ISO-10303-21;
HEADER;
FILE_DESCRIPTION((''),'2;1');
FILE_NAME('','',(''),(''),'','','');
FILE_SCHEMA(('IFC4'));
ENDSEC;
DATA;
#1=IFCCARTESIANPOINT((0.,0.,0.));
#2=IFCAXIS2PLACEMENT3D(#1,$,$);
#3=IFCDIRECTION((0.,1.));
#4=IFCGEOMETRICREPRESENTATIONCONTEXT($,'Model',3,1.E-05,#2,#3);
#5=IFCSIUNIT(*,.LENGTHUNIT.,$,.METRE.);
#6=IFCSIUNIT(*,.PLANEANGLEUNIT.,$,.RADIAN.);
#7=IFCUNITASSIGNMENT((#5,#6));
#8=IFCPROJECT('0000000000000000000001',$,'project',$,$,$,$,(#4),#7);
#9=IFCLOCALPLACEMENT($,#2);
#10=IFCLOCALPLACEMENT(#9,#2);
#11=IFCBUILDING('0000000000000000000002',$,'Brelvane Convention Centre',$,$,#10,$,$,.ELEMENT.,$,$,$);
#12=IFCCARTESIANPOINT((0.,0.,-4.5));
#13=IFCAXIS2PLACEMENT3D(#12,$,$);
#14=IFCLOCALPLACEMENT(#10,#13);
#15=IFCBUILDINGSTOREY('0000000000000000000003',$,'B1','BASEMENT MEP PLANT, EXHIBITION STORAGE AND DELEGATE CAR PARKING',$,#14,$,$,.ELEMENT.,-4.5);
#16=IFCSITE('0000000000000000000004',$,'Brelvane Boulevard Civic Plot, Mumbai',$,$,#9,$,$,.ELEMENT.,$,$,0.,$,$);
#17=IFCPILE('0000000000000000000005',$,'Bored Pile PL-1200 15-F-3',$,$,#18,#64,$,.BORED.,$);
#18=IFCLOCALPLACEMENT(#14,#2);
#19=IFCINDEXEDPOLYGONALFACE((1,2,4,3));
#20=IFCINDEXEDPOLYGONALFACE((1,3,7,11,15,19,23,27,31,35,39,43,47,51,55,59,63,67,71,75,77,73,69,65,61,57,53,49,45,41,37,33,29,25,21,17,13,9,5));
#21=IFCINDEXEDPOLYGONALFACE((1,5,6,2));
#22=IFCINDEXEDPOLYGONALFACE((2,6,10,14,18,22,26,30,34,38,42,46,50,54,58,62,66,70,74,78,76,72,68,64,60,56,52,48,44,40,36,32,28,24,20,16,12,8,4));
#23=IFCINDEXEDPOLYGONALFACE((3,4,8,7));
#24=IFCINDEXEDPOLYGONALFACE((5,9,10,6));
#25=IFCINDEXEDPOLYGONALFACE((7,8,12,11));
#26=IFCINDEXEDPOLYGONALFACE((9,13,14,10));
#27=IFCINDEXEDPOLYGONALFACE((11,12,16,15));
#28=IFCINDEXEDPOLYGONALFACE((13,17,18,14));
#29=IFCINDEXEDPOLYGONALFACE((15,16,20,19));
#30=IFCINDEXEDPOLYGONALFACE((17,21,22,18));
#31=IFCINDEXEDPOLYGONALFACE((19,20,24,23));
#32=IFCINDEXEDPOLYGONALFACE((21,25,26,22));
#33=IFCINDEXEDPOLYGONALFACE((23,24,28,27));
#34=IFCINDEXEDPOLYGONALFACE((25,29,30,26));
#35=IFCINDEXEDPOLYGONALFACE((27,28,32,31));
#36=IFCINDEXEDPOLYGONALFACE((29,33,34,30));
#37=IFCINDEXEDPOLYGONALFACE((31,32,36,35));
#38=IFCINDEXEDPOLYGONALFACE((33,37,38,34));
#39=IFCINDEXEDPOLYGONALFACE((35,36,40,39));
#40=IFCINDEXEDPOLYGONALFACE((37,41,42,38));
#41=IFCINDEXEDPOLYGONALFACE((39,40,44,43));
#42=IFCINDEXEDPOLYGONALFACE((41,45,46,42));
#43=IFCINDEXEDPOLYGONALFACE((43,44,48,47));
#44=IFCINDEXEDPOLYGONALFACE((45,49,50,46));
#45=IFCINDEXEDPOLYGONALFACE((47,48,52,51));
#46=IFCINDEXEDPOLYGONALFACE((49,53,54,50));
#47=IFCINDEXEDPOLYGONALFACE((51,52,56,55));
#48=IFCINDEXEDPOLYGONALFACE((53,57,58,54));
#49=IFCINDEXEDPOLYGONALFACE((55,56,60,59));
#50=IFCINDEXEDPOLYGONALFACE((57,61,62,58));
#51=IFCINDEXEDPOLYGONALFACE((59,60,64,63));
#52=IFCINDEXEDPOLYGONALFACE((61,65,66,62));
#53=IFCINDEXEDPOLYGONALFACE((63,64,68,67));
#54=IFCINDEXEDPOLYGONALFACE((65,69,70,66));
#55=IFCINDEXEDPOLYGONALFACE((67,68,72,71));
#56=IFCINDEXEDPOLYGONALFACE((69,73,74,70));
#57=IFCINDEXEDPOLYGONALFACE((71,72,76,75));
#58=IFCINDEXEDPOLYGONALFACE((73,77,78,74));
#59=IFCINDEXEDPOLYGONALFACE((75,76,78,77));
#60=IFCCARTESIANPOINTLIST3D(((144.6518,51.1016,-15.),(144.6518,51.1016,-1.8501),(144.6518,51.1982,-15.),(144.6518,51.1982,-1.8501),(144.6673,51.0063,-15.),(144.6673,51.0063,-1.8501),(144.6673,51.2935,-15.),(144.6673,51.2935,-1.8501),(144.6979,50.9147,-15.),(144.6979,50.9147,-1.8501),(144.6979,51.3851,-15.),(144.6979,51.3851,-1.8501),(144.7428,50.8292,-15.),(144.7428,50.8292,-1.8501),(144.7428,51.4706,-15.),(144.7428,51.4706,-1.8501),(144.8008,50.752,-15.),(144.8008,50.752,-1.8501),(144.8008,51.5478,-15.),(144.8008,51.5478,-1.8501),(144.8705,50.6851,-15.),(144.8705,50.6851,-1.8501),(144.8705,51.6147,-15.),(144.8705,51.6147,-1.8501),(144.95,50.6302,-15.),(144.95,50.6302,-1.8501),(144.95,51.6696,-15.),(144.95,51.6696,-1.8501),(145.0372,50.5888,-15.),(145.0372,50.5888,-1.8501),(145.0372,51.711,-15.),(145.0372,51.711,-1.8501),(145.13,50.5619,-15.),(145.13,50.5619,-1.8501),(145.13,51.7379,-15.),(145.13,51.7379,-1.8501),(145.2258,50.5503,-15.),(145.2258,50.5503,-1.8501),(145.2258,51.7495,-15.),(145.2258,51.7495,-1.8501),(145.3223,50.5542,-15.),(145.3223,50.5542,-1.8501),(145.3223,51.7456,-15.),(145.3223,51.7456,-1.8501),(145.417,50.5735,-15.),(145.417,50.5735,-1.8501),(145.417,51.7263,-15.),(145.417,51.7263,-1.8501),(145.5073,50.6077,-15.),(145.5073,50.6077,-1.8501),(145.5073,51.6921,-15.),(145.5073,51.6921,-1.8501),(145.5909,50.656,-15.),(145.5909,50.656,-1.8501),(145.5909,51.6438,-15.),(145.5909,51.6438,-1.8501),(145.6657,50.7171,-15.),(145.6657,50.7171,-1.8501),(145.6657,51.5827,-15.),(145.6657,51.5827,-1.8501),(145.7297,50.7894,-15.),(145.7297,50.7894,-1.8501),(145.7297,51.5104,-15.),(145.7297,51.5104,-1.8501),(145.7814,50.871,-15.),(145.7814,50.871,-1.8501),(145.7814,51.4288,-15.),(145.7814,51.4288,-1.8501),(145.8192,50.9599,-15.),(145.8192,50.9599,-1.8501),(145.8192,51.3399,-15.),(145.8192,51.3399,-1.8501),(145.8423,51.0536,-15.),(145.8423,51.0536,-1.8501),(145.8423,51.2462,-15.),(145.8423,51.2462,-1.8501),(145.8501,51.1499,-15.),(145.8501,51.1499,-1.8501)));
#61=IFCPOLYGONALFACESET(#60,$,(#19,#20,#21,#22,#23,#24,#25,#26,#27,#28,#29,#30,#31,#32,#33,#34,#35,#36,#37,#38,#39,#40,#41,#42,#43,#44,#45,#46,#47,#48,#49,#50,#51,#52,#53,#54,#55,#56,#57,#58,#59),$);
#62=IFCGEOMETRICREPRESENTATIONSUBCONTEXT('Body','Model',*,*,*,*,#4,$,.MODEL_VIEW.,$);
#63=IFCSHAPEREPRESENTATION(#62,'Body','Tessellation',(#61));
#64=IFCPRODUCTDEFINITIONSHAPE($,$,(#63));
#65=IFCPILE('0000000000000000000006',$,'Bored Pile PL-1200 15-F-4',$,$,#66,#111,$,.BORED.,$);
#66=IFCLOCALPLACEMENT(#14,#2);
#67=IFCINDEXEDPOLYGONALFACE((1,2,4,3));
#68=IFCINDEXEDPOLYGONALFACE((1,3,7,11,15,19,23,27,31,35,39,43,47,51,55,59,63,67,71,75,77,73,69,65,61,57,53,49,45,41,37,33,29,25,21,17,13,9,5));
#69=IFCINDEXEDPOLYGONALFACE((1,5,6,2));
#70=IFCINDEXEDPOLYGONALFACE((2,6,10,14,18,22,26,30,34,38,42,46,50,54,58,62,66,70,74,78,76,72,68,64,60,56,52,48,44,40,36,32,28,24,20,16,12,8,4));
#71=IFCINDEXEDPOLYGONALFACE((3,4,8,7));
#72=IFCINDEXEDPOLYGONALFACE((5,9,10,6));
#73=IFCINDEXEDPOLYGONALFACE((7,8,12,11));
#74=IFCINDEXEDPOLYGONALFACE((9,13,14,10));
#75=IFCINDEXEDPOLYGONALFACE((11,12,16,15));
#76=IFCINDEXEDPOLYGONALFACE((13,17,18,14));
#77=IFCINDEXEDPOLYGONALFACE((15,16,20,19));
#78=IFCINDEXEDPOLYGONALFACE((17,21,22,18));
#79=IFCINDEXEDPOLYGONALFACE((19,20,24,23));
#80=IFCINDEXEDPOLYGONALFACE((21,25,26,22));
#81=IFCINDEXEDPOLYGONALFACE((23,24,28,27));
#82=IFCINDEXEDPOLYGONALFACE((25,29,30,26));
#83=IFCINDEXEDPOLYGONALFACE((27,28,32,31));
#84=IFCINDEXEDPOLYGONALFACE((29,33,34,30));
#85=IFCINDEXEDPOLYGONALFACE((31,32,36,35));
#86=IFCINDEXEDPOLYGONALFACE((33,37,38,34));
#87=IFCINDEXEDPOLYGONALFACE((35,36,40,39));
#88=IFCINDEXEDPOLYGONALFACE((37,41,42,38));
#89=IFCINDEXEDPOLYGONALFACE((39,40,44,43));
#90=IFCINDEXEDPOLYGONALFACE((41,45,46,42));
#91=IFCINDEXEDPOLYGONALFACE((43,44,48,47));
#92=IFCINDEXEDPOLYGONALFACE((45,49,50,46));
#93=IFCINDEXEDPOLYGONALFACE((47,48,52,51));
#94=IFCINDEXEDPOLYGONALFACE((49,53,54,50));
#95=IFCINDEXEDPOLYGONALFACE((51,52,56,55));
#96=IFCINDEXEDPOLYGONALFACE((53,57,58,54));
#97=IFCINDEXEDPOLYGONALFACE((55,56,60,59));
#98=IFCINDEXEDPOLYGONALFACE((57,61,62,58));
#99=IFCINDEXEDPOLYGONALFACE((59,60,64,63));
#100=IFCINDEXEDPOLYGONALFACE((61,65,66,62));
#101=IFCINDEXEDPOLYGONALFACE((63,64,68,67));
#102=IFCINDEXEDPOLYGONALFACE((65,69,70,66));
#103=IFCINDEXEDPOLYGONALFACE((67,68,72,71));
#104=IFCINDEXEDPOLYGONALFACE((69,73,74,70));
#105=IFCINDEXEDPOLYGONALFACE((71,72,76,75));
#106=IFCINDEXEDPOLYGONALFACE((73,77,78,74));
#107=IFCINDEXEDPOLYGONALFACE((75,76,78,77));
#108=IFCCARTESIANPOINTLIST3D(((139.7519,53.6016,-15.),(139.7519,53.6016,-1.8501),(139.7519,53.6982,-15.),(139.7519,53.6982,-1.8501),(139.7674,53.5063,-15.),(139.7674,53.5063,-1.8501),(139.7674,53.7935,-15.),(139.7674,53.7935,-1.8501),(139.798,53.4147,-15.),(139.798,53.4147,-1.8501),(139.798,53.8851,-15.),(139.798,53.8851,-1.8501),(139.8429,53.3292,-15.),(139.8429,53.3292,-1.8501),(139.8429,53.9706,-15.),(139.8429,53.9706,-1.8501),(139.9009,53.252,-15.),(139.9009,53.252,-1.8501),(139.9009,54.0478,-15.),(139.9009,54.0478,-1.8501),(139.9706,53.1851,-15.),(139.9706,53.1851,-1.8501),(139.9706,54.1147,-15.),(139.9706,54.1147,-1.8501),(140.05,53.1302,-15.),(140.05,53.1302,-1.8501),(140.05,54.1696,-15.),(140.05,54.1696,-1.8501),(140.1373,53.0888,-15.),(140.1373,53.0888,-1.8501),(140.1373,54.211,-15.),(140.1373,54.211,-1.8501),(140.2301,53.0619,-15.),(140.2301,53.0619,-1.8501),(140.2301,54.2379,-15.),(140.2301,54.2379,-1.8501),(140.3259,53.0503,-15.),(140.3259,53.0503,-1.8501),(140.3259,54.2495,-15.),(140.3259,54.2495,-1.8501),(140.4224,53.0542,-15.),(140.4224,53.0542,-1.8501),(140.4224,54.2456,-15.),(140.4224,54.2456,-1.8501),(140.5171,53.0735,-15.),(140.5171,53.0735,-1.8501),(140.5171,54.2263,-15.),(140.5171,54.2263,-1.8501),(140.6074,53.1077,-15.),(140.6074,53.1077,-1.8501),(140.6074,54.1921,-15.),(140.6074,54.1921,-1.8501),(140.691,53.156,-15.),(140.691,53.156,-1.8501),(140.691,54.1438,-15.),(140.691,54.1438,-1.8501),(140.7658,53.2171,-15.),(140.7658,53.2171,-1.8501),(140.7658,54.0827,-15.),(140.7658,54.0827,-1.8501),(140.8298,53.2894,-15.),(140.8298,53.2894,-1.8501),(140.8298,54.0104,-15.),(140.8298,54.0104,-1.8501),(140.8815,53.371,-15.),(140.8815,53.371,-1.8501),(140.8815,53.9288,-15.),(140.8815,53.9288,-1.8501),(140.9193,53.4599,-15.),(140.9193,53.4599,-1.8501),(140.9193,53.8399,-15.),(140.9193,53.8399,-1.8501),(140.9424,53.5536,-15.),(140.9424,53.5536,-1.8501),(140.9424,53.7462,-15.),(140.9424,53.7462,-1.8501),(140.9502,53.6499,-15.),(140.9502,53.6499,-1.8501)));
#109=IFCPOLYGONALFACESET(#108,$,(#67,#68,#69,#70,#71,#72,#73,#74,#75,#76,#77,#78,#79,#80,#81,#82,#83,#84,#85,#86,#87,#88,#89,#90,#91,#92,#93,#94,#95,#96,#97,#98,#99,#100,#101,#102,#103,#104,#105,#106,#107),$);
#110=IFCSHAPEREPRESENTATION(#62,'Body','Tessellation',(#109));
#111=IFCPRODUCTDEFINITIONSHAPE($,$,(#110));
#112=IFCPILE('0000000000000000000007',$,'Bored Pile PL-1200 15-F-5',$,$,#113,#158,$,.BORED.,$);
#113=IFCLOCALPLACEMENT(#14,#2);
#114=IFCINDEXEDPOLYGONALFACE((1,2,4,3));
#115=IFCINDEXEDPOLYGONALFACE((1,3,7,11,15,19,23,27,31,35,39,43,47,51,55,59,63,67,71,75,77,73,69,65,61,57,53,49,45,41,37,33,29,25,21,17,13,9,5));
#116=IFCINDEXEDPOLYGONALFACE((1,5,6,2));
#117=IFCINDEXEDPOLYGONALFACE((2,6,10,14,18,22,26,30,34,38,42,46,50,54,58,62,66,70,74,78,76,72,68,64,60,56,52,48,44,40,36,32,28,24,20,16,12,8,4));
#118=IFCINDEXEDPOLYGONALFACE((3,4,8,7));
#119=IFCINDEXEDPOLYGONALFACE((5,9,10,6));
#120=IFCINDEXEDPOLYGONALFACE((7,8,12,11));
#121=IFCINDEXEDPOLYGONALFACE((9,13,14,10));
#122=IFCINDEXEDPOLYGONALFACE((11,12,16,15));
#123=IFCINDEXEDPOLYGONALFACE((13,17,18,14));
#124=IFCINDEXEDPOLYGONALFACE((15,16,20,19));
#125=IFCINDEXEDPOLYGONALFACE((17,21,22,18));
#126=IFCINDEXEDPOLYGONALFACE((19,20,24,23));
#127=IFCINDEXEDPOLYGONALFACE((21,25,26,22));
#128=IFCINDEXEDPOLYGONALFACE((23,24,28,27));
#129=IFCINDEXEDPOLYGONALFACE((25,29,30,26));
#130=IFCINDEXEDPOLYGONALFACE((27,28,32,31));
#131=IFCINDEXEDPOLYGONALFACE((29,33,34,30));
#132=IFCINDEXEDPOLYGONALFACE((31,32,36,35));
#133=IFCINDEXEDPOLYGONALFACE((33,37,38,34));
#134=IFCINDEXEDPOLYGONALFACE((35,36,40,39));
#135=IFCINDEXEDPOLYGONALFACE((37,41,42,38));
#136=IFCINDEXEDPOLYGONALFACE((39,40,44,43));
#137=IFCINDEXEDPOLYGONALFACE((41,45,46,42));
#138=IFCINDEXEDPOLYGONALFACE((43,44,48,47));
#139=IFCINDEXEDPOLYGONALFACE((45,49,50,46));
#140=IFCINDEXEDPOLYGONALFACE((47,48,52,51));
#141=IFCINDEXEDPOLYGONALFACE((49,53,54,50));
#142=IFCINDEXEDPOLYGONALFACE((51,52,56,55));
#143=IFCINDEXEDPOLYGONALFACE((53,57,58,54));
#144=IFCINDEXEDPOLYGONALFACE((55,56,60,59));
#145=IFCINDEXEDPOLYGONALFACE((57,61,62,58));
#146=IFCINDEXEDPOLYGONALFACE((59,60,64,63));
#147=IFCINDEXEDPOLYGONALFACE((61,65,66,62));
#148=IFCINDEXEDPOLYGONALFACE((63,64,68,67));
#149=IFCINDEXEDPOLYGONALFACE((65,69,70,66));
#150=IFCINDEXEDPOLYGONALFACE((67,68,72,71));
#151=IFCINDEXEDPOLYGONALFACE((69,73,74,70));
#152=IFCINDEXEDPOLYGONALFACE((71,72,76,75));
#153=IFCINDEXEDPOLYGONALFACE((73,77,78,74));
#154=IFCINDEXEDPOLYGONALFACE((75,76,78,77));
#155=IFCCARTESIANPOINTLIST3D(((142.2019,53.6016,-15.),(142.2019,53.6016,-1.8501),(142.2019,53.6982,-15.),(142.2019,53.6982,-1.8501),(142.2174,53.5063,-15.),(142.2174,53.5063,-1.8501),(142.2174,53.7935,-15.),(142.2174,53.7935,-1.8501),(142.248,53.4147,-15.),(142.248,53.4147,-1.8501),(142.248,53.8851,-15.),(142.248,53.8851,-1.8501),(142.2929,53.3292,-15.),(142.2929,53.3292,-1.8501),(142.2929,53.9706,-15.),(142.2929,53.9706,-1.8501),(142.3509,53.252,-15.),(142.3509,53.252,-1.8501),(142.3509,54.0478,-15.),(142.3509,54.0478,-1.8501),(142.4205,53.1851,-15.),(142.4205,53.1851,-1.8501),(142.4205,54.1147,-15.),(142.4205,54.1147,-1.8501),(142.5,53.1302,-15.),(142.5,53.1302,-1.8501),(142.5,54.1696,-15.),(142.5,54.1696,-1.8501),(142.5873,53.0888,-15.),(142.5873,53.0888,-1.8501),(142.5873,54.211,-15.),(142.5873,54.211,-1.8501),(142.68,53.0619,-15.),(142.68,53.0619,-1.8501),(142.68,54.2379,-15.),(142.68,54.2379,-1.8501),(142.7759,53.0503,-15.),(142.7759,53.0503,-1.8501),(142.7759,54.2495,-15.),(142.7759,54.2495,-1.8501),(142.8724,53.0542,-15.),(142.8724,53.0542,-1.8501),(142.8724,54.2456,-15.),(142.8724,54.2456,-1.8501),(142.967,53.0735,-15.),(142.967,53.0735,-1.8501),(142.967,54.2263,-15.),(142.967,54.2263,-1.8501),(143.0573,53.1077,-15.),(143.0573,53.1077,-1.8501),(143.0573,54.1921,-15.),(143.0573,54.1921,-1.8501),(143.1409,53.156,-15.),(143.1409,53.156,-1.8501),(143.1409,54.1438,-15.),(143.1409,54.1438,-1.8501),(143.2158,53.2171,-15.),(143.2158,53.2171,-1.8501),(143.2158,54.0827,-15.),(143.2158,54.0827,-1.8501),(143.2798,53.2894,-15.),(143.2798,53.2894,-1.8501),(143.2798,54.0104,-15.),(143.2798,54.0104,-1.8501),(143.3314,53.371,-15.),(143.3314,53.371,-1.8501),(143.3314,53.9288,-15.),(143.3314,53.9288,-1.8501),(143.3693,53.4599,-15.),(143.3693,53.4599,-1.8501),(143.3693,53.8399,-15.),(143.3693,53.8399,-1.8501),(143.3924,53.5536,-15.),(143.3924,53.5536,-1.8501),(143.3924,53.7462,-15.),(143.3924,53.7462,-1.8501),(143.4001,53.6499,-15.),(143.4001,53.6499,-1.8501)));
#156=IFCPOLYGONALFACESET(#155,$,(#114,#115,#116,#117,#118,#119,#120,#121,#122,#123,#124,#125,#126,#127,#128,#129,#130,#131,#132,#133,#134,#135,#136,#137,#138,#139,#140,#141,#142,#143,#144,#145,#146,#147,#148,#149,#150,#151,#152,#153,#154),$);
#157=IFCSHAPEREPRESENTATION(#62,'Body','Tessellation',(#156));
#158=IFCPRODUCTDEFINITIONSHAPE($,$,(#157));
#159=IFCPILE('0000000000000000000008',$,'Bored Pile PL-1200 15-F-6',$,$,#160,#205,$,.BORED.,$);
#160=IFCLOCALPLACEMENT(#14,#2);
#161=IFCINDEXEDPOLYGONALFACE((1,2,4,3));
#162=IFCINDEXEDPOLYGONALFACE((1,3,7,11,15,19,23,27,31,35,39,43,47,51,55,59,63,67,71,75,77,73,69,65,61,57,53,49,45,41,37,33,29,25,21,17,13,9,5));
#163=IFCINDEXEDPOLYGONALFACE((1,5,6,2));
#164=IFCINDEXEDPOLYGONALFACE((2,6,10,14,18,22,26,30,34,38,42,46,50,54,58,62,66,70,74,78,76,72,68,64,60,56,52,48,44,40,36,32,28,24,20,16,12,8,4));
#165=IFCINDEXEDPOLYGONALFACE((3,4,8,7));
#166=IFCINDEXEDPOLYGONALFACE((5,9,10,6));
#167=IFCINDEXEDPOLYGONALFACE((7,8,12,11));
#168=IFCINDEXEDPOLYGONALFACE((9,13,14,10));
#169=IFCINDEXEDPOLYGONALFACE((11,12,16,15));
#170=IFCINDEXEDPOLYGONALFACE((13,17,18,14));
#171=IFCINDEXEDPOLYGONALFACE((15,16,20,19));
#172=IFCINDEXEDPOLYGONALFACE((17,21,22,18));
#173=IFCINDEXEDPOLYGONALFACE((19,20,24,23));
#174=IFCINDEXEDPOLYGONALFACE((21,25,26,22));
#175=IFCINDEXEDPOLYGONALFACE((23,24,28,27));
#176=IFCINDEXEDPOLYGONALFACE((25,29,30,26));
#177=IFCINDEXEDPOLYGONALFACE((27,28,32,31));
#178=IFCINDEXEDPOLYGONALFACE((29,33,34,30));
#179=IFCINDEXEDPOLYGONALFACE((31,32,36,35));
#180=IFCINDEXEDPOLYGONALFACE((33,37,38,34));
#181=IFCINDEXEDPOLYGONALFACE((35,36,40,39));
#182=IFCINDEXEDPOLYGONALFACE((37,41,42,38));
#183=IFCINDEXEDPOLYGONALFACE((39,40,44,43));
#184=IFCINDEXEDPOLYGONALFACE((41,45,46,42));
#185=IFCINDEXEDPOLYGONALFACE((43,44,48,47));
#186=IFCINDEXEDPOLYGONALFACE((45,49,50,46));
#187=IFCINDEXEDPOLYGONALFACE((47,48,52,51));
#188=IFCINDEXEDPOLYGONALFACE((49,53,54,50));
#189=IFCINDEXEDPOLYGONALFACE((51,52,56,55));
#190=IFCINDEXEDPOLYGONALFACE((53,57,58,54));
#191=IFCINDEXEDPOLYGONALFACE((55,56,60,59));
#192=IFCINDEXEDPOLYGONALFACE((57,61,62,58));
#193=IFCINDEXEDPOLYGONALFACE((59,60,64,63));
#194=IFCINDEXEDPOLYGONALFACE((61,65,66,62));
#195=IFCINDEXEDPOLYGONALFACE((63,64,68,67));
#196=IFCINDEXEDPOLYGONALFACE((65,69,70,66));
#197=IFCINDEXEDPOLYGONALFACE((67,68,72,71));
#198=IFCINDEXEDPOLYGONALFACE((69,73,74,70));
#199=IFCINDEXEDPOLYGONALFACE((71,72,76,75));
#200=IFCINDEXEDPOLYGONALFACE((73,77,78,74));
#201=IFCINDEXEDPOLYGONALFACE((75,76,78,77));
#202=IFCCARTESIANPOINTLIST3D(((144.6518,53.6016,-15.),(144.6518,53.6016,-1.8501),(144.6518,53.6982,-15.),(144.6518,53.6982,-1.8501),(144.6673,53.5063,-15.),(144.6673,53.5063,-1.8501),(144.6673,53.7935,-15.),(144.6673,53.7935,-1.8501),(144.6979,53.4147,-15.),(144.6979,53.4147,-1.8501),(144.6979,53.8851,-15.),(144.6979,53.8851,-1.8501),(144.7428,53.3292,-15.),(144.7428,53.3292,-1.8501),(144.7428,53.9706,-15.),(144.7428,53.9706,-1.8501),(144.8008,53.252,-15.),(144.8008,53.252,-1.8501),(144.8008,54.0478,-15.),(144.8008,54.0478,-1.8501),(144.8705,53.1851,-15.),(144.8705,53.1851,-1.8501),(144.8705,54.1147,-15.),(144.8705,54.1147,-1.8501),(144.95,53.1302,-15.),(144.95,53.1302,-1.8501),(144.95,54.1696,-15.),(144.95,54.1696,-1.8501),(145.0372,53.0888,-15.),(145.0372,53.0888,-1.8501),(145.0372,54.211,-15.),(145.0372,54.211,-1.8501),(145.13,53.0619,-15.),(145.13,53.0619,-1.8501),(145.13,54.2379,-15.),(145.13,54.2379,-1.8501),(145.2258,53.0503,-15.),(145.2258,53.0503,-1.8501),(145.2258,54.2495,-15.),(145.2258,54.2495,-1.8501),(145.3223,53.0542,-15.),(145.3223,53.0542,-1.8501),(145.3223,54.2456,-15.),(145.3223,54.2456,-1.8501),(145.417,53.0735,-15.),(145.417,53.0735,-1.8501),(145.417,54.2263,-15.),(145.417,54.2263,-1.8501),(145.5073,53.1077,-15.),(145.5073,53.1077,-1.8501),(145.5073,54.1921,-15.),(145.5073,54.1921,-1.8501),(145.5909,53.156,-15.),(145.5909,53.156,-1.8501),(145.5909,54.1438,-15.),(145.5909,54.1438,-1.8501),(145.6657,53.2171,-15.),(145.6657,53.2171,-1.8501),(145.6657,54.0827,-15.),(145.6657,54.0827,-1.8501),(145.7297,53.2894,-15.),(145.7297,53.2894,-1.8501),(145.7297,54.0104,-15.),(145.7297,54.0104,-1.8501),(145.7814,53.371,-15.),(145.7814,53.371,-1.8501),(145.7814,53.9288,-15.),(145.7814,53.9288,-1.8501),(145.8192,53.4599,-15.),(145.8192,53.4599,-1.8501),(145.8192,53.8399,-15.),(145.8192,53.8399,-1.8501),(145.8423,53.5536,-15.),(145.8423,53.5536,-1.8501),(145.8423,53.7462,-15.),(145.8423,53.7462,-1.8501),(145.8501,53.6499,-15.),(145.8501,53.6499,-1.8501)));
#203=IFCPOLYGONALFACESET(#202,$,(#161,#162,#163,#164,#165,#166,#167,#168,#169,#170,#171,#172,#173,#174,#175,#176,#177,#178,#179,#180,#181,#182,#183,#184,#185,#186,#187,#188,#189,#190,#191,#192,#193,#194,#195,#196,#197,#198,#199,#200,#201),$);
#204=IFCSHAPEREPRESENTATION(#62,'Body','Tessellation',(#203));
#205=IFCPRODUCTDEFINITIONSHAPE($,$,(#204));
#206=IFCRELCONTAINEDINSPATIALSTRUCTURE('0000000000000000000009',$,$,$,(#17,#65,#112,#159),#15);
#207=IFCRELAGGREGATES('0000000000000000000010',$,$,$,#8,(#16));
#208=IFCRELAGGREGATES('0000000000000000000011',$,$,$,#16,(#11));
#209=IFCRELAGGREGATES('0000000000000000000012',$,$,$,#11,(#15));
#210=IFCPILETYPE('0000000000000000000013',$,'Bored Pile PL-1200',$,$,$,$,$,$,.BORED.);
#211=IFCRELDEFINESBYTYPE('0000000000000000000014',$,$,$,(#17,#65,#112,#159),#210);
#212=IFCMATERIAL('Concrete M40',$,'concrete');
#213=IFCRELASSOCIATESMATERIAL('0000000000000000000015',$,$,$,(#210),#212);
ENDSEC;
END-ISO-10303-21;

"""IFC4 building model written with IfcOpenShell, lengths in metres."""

from ifc_helpers import new_model, si_unit, direction, frame, origin, origin_2d, place, context, subcontext, project, spatial, circle, extrude, material, material_profile, profile_set, type_object, element, save


model = new_model("IFC4")

# Units and contexts
model_context = context("Model", 3, precision=1e-05, world=origin(), true_north=direction((0.0, 1.0)))
body_context = subcontext(model_context, "Body", "Model", "MODEL_VIEW")
ifc_project = project(units=[si_unit("LENGTHUNIT", "METRE"), si_unit("PLANEANGLEUNIT", "RADIAN")], contexts=[model_context])

# Site, building, storey
site_placement = place(None, origin())
site = spatial("IfcSite", under=ifc_project, at=site_placement, Name="Brelvane Boulevard Civic Plot, Mumbai", CompositionType="ELEMENT", RefElevation=0.0)
building_placement = place(site_placement, origin())
building = spatial("IfcBuilding", under=site, at=building_placement, Name="Brelvane Convention Centre", CompositionType="ELEMENT")
storey_placement = place(building_placement, frame((0.0, 0.0, -4.5)))
storey = spatial("IfcBuildingStorey", under=building, at=storey_placement, Name="B1", Description="BASEMENT MEP PLANT, EXHIBITION STORAGE AND DELEGATE CAR PARKING", CompositionType="ELEMENT", Elevation=-4.5)

# Piles
ifc_material_1 = material(Name="Concrete M40", Category="concrete")
ifc_material_profile_1 = material_profile(ifc_material_1, circle(Radius=0.6001, at=origin_2d()), Name="PILE D1200")
ifc_profile_set_1 = profile_set([ifc_material_profile_1], Name="Concrete M40")
pile_type = type_object("IfcPileType", Name="Bored Pile PL-1200", PredefinedType="BORED", material=ifc_profile_set_1)
for number, where, z_axis, x_axis, name in (
    (1, (145.25, 51.1499, -1.8501), (0.0, 0.0, -1.0), (1.0, 0.0, 0.0), "Bored Pile PL-1200 15-F-3"),
    (2, (140.3501, 53.6499, -1.8501), (0.0, 0.0, -1.0), (1.0, 0.0, 0.0), "Bored Pile PL-1200 15-F-4"),
    (3, (142.8, 53.6499, -1.8501), (0.0, 0.0, -1.0), (1.0, 0.0, 0.0), "Bored Pile PL-1200 15-F-5"),
    (4, (145.25, 53.6499, -1.8501), (0.0, 0.0, -1.0), (1.0, 0.0, 0.0), "Bored Pile PL-1200 15-F-6"),
):
    element("IfcPile", number, at=place(storey_placement, frame(where, z_axis=z_axis, x_axis=x_axis)), inside=storey, type_object=pile_type, Name=name, PredefinedType="BORED", context=body_context, shape_type="SweptSolid", body=[
        extrude(circle(Radius=0.6001, at=origin_2d()), origin(), (0.0, 0.0, 1.0), 13.1499),
    ])

save(model, "model.ifc")
